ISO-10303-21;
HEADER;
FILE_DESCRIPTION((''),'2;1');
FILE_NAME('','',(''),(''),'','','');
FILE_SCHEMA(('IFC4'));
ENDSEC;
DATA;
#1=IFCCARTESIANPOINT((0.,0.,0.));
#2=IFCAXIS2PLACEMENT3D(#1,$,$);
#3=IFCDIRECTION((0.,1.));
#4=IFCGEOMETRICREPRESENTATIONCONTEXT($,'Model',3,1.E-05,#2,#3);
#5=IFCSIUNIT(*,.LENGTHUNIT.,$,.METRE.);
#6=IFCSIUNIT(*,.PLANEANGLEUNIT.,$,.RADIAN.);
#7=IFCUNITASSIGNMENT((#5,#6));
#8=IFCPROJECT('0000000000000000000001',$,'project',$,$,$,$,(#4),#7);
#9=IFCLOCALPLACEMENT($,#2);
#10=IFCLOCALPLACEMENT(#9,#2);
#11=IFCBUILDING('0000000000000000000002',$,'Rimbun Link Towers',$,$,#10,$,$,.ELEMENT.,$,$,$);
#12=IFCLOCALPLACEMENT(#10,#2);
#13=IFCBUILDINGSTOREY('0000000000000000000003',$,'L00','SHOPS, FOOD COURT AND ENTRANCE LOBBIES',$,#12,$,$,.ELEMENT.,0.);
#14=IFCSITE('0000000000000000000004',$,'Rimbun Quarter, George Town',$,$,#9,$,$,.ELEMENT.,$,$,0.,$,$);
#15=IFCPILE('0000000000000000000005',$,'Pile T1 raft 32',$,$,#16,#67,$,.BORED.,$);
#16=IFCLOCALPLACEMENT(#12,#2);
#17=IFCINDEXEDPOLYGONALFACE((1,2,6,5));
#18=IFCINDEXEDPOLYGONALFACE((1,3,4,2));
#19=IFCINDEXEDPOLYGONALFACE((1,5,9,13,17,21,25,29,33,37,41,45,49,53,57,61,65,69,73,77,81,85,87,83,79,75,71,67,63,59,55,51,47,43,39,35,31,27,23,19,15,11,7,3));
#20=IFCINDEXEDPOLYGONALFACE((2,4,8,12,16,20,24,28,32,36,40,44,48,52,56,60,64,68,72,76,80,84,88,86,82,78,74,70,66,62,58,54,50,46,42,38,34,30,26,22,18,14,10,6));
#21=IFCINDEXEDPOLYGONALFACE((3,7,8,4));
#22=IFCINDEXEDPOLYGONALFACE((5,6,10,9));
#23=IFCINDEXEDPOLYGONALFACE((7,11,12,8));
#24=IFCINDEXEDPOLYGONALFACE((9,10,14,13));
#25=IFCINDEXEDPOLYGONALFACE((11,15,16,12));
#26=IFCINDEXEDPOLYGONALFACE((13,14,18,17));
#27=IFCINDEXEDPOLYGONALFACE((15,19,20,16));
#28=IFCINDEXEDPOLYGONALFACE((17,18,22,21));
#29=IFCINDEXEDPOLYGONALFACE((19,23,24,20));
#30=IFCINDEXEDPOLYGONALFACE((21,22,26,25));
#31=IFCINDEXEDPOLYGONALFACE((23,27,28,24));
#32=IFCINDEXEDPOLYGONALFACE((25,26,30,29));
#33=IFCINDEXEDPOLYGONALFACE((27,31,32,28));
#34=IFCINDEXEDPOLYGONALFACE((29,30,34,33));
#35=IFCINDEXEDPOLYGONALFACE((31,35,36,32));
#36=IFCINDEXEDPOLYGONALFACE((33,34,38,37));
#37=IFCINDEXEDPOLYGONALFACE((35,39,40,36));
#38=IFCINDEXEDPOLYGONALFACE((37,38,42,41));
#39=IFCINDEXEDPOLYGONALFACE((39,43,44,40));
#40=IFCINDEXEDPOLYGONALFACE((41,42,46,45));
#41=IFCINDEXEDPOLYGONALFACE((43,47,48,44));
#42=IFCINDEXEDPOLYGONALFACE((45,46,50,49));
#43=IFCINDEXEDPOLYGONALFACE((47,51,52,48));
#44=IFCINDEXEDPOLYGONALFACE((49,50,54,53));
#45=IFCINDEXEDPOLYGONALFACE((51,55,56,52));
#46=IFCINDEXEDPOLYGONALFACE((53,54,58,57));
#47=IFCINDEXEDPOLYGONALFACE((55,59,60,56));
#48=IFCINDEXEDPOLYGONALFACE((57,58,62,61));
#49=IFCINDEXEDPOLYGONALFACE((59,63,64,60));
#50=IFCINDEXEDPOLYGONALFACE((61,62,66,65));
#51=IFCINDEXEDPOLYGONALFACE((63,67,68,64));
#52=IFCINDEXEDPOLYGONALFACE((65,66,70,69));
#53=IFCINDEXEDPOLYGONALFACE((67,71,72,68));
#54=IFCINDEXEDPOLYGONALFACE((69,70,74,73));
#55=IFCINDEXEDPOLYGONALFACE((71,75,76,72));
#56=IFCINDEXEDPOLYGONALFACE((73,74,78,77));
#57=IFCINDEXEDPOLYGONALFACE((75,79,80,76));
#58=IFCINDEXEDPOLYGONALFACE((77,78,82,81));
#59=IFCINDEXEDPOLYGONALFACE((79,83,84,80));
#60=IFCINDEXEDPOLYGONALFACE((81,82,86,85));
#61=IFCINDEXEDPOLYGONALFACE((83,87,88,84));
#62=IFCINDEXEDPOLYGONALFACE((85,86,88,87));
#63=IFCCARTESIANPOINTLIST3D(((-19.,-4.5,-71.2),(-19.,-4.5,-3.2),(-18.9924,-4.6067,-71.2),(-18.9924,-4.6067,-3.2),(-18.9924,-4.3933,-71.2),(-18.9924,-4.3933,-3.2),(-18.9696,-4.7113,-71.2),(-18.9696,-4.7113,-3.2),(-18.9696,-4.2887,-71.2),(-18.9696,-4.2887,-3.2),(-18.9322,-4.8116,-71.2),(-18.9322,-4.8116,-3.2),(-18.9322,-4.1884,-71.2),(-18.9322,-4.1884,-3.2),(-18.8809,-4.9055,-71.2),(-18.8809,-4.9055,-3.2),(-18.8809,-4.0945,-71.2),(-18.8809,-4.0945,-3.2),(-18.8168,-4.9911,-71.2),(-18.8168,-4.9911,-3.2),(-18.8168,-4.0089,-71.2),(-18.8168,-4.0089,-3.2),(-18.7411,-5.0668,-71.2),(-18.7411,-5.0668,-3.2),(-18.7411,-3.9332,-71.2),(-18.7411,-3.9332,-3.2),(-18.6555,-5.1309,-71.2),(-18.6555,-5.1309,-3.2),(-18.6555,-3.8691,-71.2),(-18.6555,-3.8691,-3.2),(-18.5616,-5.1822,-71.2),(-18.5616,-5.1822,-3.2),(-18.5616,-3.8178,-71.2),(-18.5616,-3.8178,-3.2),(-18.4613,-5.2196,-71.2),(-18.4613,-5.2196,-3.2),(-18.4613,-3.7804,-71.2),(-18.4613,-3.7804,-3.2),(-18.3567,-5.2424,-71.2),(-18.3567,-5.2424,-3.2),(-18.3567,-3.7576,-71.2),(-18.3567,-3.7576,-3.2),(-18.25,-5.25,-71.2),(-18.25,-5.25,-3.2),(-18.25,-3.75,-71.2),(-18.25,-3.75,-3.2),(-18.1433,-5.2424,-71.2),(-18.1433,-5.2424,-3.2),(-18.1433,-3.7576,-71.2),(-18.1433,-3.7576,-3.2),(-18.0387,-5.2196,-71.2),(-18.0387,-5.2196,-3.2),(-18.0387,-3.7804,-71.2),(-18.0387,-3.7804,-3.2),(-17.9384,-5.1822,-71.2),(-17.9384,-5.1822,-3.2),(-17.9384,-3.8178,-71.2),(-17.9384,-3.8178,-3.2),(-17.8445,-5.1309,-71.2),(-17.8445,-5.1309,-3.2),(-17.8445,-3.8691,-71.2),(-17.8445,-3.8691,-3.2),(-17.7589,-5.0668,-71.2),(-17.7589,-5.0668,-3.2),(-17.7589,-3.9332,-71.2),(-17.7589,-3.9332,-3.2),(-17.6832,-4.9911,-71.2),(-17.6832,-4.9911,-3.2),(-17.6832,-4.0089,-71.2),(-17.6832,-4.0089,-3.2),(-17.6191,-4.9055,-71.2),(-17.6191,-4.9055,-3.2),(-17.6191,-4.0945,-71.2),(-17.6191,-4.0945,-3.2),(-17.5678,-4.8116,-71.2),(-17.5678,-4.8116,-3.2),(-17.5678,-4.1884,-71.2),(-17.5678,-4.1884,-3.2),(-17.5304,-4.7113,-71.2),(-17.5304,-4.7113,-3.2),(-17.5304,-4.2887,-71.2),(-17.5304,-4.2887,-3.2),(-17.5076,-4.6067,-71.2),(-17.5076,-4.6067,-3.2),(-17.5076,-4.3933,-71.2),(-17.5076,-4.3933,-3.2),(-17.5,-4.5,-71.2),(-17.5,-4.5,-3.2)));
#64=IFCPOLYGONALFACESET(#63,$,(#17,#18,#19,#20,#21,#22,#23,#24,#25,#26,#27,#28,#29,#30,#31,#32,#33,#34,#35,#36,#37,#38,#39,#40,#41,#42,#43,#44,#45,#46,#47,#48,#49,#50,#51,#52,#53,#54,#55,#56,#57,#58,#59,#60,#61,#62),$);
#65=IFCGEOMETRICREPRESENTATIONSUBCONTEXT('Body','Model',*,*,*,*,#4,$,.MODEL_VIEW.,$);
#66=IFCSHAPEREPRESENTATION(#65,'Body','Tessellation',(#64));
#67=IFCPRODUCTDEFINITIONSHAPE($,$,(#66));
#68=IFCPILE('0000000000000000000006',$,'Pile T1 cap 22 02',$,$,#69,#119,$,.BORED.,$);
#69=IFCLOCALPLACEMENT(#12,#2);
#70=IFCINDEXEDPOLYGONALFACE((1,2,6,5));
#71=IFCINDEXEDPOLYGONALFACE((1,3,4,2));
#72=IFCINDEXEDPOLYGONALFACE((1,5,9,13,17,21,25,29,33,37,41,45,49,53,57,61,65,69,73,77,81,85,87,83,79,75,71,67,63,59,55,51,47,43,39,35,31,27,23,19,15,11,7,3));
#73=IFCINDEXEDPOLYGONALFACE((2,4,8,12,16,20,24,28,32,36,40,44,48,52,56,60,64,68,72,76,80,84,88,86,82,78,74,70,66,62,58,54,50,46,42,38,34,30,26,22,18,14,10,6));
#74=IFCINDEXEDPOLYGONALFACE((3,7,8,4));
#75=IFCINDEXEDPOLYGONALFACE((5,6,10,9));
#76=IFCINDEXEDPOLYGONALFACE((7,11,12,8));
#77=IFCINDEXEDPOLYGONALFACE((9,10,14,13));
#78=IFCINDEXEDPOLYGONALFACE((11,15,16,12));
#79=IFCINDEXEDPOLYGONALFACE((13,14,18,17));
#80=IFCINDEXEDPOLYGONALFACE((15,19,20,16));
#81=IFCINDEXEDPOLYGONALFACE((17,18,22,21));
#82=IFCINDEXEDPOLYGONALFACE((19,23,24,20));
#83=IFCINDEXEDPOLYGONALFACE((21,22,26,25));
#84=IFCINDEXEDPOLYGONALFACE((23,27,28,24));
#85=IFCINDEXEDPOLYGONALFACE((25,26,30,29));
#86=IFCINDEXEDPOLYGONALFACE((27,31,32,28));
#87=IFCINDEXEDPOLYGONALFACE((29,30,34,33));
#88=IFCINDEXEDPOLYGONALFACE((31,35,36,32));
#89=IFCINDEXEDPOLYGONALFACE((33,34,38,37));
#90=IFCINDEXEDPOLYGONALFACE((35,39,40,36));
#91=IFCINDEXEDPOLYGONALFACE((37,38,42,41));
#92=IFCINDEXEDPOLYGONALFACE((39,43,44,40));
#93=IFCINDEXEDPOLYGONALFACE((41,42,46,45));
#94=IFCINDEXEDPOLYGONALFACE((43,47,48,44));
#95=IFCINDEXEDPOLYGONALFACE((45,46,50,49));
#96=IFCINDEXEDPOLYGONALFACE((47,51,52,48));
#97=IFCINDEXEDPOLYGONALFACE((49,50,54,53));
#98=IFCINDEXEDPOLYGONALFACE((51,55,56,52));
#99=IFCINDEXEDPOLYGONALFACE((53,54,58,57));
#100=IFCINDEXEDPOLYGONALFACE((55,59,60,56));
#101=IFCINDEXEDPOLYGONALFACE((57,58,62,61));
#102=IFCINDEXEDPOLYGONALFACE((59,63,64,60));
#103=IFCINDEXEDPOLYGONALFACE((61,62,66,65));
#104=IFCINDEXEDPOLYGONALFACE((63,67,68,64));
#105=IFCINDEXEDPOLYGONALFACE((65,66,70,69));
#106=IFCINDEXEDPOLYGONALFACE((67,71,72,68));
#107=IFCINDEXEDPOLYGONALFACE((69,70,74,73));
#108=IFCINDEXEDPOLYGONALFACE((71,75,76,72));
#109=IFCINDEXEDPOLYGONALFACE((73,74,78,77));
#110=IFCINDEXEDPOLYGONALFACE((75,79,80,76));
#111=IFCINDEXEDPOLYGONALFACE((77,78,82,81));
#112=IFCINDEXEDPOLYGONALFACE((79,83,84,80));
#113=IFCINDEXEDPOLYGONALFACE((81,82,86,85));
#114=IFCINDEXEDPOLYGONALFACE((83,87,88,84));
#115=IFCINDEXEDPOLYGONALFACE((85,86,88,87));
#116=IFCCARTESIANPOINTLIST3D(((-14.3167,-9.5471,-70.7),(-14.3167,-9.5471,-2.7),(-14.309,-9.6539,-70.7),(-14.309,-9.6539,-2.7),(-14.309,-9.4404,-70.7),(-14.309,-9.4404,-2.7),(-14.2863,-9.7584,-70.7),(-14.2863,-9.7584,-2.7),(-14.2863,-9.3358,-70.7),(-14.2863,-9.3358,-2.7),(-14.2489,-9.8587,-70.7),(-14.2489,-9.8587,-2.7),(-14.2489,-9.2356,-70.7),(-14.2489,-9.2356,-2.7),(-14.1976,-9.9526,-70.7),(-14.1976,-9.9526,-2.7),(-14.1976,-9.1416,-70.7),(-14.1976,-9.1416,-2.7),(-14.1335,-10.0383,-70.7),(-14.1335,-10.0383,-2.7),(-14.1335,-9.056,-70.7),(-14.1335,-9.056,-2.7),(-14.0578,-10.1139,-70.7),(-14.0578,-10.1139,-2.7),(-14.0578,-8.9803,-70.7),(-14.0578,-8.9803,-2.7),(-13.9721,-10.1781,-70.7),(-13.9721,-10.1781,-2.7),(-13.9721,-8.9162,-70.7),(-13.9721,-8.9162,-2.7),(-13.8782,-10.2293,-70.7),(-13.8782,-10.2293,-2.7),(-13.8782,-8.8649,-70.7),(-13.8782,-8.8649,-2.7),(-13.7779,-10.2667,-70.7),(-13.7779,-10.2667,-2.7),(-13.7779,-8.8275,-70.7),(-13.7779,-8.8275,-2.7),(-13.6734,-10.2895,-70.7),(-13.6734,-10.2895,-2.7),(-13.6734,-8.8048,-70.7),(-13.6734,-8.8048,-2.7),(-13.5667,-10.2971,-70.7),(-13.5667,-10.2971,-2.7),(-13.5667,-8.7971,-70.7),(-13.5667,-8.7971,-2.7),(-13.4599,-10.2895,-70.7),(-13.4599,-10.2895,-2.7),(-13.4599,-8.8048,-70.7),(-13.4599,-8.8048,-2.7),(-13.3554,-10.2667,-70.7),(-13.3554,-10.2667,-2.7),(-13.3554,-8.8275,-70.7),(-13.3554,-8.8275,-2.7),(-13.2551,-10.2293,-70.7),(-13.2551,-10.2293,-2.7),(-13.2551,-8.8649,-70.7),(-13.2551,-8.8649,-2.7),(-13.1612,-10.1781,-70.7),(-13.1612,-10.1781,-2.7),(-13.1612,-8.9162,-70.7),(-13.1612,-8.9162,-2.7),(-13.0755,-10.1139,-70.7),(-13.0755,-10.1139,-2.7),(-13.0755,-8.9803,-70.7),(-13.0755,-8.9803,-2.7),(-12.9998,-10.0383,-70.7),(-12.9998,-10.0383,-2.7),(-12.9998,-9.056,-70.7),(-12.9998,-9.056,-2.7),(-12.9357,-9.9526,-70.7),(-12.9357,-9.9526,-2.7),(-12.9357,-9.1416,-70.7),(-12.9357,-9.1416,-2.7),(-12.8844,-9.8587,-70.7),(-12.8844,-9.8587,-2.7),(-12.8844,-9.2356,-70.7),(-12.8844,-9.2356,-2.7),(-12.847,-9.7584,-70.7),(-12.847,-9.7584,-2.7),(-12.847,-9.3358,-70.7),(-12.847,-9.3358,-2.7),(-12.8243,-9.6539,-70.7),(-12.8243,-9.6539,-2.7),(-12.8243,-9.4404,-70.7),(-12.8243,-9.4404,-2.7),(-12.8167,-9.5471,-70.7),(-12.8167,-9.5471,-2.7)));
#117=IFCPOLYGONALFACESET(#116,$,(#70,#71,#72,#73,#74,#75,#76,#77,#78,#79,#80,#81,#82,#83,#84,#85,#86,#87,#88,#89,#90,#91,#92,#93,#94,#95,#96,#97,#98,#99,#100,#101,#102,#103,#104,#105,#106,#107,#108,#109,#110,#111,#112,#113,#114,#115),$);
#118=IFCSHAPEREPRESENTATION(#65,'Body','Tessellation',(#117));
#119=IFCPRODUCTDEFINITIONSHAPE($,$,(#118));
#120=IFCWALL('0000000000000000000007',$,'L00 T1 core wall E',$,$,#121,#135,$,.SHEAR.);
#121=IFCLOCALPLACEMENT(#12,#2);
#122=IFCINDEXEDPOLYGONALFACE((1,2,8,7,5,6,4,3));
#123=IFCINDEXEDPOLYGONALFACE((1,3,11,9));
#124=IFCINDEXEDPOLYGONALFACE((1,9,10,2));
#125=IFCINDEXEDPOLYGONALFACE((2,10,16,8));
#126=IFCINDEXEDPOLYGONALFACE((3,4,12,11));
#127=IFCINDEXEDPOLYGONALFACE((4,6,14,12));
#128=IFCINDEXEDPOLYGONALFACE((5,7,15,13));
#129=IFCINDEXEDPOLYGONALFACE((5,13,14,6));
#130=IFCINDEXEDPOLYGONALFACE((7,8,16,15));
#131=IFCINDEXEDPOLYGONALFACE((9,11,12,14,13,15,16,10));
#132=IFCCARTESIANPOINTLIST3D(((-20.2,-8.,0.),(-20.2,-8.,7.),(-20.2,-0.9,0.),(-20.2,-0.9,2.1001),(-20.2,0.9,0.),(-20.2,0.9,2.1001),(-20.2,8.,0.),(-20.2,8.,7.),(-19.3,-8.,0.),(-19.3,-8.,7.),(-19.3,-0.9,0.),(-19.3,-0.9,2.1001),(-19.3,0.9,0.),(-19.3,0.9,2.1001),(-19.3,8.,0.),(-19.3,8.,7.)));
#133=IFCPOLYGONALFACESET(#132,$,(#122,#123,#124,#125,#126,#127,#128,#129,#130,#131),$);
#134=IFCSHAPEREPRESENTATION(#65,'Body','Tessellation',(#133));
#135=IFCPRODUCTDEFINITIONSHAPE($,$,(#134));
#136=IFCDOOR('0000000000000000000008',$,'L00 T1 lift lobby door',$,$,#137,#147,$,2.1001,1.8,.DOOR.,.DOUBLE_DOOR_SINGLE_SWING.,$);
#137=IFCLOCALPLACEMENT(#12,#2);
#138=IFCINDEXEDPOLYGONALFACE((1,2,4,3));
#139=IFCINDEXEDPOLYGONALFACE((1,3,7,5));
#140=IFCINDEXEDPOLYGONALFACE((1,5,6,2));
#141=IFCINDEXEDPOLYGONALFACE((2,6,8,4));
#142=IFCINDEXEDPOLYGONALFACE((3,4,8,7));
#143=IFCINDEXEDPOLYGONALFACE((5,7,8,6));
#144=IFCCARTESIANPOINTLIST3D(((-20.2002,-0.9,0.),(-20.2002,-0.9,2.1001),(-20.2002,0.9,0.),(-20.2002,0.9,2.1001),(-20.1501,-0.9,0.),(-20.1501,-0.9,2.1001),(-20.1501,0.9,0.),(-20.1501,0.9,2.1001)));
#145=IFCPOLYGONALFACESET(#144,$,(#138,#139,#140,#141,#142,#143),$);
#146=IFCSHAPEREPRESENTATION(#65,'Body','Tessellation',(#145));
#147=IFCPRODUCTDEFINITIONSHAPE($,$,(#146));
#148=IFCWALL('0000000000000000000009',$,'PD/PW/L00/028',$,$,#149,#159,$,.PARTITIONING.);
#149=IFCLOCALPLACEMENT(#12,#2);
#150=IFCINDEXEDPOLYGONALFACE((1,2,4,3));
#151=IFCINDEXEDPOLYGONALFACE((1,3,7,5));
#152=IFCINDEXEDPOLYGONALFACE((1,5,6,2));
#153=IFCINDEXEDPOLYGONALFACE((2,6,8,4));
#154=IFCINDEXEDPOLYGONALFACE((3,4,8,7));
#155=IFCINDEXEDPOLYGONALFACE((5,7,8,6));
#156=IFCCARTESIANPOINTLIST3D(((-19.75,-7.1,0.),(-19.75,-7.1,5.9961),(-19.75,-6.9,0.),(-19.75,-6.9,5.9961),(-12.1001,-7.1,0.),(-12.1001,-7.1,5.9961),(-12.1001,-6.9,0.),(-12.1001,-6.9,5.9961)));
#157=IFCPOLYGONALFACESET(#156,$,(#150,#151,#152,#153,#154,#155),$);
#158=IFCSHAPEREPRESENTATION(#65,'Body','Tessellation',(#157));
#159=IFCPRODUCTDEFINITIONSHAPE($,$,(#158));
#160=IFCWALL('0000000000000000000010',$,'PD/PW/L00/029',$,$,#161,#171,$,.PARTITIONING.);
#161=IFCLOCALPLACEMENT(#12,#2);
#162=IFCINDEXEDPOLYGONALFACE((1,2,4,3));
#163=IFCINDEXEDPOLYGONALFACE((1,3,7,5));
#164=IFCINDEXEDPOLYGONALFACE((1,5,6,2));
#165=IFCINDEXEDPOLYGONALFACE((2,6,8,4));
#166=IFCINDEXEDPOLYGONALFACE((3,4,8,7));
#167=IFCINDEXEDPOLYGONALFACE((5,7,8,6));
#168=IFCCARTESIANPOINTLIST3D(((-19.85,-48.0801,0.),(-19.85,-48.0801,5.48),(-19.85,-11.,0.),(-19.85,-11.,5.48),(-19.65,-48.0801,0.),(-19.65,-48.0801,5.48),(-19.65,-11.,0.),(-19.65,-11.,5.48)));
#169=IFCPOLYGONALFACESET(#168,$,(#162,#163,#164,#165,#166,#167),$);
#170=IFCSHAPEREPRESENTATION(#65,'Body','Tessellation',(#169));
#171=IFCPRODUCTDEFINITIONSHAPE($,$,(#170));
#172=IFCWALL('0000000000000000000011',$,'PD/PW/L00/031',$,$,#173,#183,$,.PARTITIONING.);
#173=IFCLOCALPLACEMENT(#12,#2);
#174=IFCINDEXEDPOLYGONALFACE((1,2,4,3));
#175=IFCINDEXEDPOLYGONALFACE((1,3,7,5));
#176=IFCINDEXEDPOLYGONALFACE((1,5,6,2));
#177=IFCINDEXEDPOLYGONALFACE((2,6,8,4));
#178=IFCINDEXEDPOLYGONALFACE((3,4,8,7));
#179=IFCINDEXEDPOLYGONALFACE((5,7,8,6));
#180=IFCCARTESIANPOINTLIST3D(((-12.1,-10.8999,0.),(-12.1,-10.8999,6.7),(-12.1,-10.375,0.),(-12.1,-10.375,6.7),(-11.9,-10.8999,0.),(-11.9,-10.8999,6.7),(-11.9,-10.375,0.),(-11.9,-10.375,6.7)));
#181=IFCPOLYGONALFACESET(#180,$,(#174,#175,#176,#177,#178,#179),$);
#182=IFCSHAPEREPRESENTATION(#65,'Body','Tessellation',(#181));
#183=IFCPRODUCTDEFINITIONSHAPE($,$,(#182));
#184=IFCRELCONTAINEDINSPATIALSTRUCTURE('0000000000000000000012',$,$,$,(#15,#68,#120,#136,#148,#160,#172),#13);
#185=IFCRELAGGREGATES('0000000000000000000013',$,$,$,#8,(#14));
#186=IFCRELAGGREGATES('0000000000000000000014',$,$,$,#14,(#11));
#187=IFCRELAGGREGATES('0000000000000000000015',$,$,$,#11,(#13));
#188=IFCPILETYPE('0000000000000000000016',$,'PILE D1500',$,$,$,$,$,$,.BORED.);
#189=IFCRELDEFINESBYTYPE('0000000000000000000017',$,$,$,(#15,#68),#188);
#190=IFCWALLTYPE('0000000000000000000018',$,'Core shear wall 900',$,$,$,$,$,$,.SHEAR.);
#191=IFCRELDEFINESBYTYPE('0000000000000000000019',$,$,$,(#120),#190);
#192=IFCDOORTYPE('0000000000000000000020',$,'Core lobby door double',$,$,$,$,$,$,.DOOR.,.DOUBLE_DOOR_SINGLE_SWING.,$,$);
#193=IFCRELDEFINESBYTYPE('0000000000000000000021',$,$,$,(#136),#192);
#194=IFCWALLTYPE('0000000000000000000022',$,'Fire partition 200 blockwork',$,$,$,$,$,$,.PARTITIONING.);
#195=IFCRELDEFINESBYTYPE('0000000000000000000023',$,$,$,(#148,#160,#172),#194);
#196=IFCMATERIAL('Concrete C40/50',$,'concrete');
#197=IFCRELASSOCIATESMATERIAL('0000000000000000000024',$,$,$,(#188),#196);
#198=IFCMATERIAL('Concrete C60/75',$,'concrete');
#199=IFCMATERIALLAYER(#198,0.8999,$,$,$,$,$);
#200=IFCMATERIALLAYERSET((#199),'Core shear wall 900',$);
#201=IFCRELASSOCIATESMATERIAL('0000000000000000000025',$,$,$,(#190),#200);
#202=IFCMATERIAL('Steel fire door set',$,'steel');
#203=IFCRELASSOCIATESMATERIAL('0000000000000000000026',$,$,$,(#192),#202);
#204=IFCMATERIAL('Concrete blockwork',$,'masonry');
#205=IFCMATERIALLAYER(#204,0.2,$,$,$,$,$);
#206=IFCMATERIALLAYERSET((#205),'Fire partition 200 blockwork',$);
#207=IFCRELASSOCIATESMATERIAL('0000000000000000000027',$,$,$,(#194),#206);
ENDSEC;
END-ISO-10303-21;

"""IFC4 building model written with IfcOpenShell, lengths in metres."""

from ifc_helpers import new_model, si_unit, direction, frame, frame_2d, origin, origin_2d, place, context, subcontext, project, spatial, rectangle, circle, extrude, material, layer, layer_set, material_profile, profile_set, type_object, element, fill, save


model = new_model("IFC4")

# Units and contexts
model_context = context("Model", 3, precision=1e-05, world=origin(), true_north=direction((0.0, 1.0)))
body_context = subcontext(model_context, "Body", "Model", "MODEL_VIEW")
ifc_project = project(units=[si_unit("LENGTHUNIT", "METRE"), si_unit("PLANEANGLEUNIT", "RADIAN")], contexts=[model_context])

# Site, building, storey
site_placement = place(None, origin())
site = spatial("IfcSite", under=ifc_project, at=site_placement, Name="Rimbun Quarter, George Town", CompositionType="ELEMENT", RefElevation=0.0)
building_placement = place(site_placement, origin())
building = spatial("IfcBuilding", under=site, at=building_placement, Name="Rimbun Link Towers", CompositionType="ELEMENT")
storey_placement = place(building_placement, origin())
storey = spatial("IfcBuildingStorey", under=building, at=storey_placement, Name="L00", Description="SHOPS, FOOD COURT AND ENTRANCE LOBBIES", CompositionType="ELEMENT", Elevation=0.0)

# Piles
ifc_material_1 = material(Name="Concrete C40/50", Category="concrete")
ifc_material_profile = material_profile(ifc_material_1, circle(Radius=0.75, at=origin_2d()), Name="PILE D1500")
ifc_profile_set = profile_set([ifc_material_profile], Name="Concrete C40/50")
pile_type = type_object("IfcPileType", Name="PILE D1500", PredefinedType="BORED", material=ifc_profile_set)
for number, where, z_axis, x_axis, name in (
    (1, (-18.25, -4.5, -3.2), (0.0, 0.0, -1.0), (1.0, 0.0, 0.0), "Pile T1 raft 32"),
    (2, (-13.5667, -9.5471, -2.7), (0.0, 0.0, -1.0), (1.0, 0.0, 0.0), "Pile T1 cap 22 02"),
):
    element("IfcPile", number, at=place(storey_placement, frame(where, z_axis=z_axis, x_axis=x_axis)), inside=storey, type_object=pile_type, Name=name, PredefinedType="BORED", context=body_context, shape_type="SweptSolid", body=[
        extrude(circle(Radius=0.75, at=origin_2d()), origin(), (0.0, 0.0, 1.0), 68.0),
    ])

# Wall, opening, door
ifc_material_2 = material(Name="Concrete C60/75", Category="concrete")
ifc_layer_1 = layer(ifc_material_2, 0.8999)
ifc_layer_set_1 = layer_set([ifc_layer_1], Name="Core shear wall 900")
wall_type_1 = type_object("IfcWallType", Name="Core shear wall 900", PredefinedType="SHEAR", material=ifc_layer_set_1)
wall_1_placement = place(storey_placement, frame((-19.75, -8.0, 0.0), z_axis=(0.0, 0.0, 1.0), x_axis=(0.0, 1.0, 0.0)))
wall_1 = element("IfcWall", 3, at=wall_1_placement, inside=storey, type_object=wall_type_1, Name="L00 T1 core wall E", PredefinedType="SHEAR", context=body_context, shape_type="SweptSolid", body=[
    extrude(rectangle(XDim=16.0, YDim=0.8999, at=frame_2d((8.0, 0.0))), origin(), (0.0, 0.0, 1.0), 7.0),
])
opening_1_placement = place(wall_1_placement, frame((7.1001, 0.0, 0.0)))
opening_1 = element("IfcOpeningElement", 4, at=opening_1_placement, cuts=wall_1, PredefinedType="OPENING", context=body_context, shape_type="SweptSolid", body=[
    extrude(rectangle(XDim=1.8, YDim=2.1001, at=frame_2d((0.8999, 1.05))), frame((0.0, 0.46, 0.0), z_axis=(0.0, -1.0, 0.0), x_axis=(1.0, 0.0, 0.0)), (0.0, 0.0, 1.0), 0.9199),
])
ifc_material_3 = material(Name="Steel fire door set", Category="steel")
door_type_1 = type_object("IfcDoorType", Name="Core lobby door double", OperationType="DOUBLE_DOOR_SINGLE_SWING", PredefinedType="DOOR", material=ifc_material_3)
door_1_placement = place(opening_1_placement, origin())
door_1 = element("IfcDoor", 5, at=door_1_placement, inside=storey, type_object=door_type_1, Name="L00 T1 lift lobby door", OperationType="DOUBLE_DOOR_SINGLE_SWING", OverallHeight=2.1001, OverallWidth=1.8, PredefinedType="DOOR", context=body_context, shape_type="SweptSolid", body=[
    extrude(rectangle(XDim=1.8, YDim=2.1001, at=frame_2d((0.8999, 1.05))), frame((0.0, 0.4502, 0.0), z_axis=(0.0, -1.0, 0.0), x_axis=(1.0, 0.0, 0.0)), (0.0, 0.0, 1.0), 0.05),
])
fill(opening_1, door_1)

# Walls
ifc_material_4 = material(Name="Concrete blockwork", Category="masonry")
ifc_layer_2 = layer(ifc_material_4, 0.2)
ifc_layer_set_2 = layer_set([ifc_layer_2], Name="Fire partition 200 blockwork")
wall_type_2 = type_object("IfcWallType", Name="Fire partition 200 blockwork", PredefinedType="PARTITIONING", material=ifc_layer_set_2)
wall_2_placement = place(storey_placement, frame((-12.1001, -7.0, 0.0), z_axis=(0.0, 0.0, 1.0), x_axis=(-1.0, 0.0, 0.0)))
element("IfcWall", 6, at=wall_2_placement, inside=storey, type_object=wall_type_2, Name="PD/PW/L00/028", PredefinedType="PARTITIONING", context=body_context, shape_type="SweptSolid", body=[
    extrude(rectangle(XDim=7.6499, YDim=0.2, at=frame_2d((3.825, 0.0))), origin(), (0.0, 0.0, 1.0), 5.9961),
])
wall_3_placement = place(storey_placement, frame((-19.75, -11.0, 0.0), z_axis=(0.0, 0.0, 1.0), x_axis=(0.0, -1.0, 0.0)))
element("IfcWall", 7, at=wall_3_placement, inside=storey, type_object=wall_type_2, Name="PD/PW/L00/029", PredefinedType="PARTITIONING", context=body_context, shape_type="SweptSolid", body=[
    extrude(rectangle(XDim=37.0801, YDim=0.2, at=frame_2d((18.54, 0.0))), origin(), (0.0, 0.0, 1.0), 5.48),
])
wall_4_placement = place(storey_placement, frame((-12.0, -10.8999, 0.0), z_axis=(0.0, 0.0, 1.0), x_axis=(0.0, 1.0, 0.0)))
element("IfcWall", 8, at=wall_4_placement, inside=storey, type_object=wall_type_2, Name="PD/PW/L00/031", PredefinedType="PARTITIONING", context=body_context, shape_type="SweptSolid", body=[
    extrude(rectangle(XDim=0.5249, YDim=0.2, at=frame_2d((0.2625, 0.0))), origin(), (0.0, 0.0, 1.0), 6.7),
])

save(model, "model.ifc")
